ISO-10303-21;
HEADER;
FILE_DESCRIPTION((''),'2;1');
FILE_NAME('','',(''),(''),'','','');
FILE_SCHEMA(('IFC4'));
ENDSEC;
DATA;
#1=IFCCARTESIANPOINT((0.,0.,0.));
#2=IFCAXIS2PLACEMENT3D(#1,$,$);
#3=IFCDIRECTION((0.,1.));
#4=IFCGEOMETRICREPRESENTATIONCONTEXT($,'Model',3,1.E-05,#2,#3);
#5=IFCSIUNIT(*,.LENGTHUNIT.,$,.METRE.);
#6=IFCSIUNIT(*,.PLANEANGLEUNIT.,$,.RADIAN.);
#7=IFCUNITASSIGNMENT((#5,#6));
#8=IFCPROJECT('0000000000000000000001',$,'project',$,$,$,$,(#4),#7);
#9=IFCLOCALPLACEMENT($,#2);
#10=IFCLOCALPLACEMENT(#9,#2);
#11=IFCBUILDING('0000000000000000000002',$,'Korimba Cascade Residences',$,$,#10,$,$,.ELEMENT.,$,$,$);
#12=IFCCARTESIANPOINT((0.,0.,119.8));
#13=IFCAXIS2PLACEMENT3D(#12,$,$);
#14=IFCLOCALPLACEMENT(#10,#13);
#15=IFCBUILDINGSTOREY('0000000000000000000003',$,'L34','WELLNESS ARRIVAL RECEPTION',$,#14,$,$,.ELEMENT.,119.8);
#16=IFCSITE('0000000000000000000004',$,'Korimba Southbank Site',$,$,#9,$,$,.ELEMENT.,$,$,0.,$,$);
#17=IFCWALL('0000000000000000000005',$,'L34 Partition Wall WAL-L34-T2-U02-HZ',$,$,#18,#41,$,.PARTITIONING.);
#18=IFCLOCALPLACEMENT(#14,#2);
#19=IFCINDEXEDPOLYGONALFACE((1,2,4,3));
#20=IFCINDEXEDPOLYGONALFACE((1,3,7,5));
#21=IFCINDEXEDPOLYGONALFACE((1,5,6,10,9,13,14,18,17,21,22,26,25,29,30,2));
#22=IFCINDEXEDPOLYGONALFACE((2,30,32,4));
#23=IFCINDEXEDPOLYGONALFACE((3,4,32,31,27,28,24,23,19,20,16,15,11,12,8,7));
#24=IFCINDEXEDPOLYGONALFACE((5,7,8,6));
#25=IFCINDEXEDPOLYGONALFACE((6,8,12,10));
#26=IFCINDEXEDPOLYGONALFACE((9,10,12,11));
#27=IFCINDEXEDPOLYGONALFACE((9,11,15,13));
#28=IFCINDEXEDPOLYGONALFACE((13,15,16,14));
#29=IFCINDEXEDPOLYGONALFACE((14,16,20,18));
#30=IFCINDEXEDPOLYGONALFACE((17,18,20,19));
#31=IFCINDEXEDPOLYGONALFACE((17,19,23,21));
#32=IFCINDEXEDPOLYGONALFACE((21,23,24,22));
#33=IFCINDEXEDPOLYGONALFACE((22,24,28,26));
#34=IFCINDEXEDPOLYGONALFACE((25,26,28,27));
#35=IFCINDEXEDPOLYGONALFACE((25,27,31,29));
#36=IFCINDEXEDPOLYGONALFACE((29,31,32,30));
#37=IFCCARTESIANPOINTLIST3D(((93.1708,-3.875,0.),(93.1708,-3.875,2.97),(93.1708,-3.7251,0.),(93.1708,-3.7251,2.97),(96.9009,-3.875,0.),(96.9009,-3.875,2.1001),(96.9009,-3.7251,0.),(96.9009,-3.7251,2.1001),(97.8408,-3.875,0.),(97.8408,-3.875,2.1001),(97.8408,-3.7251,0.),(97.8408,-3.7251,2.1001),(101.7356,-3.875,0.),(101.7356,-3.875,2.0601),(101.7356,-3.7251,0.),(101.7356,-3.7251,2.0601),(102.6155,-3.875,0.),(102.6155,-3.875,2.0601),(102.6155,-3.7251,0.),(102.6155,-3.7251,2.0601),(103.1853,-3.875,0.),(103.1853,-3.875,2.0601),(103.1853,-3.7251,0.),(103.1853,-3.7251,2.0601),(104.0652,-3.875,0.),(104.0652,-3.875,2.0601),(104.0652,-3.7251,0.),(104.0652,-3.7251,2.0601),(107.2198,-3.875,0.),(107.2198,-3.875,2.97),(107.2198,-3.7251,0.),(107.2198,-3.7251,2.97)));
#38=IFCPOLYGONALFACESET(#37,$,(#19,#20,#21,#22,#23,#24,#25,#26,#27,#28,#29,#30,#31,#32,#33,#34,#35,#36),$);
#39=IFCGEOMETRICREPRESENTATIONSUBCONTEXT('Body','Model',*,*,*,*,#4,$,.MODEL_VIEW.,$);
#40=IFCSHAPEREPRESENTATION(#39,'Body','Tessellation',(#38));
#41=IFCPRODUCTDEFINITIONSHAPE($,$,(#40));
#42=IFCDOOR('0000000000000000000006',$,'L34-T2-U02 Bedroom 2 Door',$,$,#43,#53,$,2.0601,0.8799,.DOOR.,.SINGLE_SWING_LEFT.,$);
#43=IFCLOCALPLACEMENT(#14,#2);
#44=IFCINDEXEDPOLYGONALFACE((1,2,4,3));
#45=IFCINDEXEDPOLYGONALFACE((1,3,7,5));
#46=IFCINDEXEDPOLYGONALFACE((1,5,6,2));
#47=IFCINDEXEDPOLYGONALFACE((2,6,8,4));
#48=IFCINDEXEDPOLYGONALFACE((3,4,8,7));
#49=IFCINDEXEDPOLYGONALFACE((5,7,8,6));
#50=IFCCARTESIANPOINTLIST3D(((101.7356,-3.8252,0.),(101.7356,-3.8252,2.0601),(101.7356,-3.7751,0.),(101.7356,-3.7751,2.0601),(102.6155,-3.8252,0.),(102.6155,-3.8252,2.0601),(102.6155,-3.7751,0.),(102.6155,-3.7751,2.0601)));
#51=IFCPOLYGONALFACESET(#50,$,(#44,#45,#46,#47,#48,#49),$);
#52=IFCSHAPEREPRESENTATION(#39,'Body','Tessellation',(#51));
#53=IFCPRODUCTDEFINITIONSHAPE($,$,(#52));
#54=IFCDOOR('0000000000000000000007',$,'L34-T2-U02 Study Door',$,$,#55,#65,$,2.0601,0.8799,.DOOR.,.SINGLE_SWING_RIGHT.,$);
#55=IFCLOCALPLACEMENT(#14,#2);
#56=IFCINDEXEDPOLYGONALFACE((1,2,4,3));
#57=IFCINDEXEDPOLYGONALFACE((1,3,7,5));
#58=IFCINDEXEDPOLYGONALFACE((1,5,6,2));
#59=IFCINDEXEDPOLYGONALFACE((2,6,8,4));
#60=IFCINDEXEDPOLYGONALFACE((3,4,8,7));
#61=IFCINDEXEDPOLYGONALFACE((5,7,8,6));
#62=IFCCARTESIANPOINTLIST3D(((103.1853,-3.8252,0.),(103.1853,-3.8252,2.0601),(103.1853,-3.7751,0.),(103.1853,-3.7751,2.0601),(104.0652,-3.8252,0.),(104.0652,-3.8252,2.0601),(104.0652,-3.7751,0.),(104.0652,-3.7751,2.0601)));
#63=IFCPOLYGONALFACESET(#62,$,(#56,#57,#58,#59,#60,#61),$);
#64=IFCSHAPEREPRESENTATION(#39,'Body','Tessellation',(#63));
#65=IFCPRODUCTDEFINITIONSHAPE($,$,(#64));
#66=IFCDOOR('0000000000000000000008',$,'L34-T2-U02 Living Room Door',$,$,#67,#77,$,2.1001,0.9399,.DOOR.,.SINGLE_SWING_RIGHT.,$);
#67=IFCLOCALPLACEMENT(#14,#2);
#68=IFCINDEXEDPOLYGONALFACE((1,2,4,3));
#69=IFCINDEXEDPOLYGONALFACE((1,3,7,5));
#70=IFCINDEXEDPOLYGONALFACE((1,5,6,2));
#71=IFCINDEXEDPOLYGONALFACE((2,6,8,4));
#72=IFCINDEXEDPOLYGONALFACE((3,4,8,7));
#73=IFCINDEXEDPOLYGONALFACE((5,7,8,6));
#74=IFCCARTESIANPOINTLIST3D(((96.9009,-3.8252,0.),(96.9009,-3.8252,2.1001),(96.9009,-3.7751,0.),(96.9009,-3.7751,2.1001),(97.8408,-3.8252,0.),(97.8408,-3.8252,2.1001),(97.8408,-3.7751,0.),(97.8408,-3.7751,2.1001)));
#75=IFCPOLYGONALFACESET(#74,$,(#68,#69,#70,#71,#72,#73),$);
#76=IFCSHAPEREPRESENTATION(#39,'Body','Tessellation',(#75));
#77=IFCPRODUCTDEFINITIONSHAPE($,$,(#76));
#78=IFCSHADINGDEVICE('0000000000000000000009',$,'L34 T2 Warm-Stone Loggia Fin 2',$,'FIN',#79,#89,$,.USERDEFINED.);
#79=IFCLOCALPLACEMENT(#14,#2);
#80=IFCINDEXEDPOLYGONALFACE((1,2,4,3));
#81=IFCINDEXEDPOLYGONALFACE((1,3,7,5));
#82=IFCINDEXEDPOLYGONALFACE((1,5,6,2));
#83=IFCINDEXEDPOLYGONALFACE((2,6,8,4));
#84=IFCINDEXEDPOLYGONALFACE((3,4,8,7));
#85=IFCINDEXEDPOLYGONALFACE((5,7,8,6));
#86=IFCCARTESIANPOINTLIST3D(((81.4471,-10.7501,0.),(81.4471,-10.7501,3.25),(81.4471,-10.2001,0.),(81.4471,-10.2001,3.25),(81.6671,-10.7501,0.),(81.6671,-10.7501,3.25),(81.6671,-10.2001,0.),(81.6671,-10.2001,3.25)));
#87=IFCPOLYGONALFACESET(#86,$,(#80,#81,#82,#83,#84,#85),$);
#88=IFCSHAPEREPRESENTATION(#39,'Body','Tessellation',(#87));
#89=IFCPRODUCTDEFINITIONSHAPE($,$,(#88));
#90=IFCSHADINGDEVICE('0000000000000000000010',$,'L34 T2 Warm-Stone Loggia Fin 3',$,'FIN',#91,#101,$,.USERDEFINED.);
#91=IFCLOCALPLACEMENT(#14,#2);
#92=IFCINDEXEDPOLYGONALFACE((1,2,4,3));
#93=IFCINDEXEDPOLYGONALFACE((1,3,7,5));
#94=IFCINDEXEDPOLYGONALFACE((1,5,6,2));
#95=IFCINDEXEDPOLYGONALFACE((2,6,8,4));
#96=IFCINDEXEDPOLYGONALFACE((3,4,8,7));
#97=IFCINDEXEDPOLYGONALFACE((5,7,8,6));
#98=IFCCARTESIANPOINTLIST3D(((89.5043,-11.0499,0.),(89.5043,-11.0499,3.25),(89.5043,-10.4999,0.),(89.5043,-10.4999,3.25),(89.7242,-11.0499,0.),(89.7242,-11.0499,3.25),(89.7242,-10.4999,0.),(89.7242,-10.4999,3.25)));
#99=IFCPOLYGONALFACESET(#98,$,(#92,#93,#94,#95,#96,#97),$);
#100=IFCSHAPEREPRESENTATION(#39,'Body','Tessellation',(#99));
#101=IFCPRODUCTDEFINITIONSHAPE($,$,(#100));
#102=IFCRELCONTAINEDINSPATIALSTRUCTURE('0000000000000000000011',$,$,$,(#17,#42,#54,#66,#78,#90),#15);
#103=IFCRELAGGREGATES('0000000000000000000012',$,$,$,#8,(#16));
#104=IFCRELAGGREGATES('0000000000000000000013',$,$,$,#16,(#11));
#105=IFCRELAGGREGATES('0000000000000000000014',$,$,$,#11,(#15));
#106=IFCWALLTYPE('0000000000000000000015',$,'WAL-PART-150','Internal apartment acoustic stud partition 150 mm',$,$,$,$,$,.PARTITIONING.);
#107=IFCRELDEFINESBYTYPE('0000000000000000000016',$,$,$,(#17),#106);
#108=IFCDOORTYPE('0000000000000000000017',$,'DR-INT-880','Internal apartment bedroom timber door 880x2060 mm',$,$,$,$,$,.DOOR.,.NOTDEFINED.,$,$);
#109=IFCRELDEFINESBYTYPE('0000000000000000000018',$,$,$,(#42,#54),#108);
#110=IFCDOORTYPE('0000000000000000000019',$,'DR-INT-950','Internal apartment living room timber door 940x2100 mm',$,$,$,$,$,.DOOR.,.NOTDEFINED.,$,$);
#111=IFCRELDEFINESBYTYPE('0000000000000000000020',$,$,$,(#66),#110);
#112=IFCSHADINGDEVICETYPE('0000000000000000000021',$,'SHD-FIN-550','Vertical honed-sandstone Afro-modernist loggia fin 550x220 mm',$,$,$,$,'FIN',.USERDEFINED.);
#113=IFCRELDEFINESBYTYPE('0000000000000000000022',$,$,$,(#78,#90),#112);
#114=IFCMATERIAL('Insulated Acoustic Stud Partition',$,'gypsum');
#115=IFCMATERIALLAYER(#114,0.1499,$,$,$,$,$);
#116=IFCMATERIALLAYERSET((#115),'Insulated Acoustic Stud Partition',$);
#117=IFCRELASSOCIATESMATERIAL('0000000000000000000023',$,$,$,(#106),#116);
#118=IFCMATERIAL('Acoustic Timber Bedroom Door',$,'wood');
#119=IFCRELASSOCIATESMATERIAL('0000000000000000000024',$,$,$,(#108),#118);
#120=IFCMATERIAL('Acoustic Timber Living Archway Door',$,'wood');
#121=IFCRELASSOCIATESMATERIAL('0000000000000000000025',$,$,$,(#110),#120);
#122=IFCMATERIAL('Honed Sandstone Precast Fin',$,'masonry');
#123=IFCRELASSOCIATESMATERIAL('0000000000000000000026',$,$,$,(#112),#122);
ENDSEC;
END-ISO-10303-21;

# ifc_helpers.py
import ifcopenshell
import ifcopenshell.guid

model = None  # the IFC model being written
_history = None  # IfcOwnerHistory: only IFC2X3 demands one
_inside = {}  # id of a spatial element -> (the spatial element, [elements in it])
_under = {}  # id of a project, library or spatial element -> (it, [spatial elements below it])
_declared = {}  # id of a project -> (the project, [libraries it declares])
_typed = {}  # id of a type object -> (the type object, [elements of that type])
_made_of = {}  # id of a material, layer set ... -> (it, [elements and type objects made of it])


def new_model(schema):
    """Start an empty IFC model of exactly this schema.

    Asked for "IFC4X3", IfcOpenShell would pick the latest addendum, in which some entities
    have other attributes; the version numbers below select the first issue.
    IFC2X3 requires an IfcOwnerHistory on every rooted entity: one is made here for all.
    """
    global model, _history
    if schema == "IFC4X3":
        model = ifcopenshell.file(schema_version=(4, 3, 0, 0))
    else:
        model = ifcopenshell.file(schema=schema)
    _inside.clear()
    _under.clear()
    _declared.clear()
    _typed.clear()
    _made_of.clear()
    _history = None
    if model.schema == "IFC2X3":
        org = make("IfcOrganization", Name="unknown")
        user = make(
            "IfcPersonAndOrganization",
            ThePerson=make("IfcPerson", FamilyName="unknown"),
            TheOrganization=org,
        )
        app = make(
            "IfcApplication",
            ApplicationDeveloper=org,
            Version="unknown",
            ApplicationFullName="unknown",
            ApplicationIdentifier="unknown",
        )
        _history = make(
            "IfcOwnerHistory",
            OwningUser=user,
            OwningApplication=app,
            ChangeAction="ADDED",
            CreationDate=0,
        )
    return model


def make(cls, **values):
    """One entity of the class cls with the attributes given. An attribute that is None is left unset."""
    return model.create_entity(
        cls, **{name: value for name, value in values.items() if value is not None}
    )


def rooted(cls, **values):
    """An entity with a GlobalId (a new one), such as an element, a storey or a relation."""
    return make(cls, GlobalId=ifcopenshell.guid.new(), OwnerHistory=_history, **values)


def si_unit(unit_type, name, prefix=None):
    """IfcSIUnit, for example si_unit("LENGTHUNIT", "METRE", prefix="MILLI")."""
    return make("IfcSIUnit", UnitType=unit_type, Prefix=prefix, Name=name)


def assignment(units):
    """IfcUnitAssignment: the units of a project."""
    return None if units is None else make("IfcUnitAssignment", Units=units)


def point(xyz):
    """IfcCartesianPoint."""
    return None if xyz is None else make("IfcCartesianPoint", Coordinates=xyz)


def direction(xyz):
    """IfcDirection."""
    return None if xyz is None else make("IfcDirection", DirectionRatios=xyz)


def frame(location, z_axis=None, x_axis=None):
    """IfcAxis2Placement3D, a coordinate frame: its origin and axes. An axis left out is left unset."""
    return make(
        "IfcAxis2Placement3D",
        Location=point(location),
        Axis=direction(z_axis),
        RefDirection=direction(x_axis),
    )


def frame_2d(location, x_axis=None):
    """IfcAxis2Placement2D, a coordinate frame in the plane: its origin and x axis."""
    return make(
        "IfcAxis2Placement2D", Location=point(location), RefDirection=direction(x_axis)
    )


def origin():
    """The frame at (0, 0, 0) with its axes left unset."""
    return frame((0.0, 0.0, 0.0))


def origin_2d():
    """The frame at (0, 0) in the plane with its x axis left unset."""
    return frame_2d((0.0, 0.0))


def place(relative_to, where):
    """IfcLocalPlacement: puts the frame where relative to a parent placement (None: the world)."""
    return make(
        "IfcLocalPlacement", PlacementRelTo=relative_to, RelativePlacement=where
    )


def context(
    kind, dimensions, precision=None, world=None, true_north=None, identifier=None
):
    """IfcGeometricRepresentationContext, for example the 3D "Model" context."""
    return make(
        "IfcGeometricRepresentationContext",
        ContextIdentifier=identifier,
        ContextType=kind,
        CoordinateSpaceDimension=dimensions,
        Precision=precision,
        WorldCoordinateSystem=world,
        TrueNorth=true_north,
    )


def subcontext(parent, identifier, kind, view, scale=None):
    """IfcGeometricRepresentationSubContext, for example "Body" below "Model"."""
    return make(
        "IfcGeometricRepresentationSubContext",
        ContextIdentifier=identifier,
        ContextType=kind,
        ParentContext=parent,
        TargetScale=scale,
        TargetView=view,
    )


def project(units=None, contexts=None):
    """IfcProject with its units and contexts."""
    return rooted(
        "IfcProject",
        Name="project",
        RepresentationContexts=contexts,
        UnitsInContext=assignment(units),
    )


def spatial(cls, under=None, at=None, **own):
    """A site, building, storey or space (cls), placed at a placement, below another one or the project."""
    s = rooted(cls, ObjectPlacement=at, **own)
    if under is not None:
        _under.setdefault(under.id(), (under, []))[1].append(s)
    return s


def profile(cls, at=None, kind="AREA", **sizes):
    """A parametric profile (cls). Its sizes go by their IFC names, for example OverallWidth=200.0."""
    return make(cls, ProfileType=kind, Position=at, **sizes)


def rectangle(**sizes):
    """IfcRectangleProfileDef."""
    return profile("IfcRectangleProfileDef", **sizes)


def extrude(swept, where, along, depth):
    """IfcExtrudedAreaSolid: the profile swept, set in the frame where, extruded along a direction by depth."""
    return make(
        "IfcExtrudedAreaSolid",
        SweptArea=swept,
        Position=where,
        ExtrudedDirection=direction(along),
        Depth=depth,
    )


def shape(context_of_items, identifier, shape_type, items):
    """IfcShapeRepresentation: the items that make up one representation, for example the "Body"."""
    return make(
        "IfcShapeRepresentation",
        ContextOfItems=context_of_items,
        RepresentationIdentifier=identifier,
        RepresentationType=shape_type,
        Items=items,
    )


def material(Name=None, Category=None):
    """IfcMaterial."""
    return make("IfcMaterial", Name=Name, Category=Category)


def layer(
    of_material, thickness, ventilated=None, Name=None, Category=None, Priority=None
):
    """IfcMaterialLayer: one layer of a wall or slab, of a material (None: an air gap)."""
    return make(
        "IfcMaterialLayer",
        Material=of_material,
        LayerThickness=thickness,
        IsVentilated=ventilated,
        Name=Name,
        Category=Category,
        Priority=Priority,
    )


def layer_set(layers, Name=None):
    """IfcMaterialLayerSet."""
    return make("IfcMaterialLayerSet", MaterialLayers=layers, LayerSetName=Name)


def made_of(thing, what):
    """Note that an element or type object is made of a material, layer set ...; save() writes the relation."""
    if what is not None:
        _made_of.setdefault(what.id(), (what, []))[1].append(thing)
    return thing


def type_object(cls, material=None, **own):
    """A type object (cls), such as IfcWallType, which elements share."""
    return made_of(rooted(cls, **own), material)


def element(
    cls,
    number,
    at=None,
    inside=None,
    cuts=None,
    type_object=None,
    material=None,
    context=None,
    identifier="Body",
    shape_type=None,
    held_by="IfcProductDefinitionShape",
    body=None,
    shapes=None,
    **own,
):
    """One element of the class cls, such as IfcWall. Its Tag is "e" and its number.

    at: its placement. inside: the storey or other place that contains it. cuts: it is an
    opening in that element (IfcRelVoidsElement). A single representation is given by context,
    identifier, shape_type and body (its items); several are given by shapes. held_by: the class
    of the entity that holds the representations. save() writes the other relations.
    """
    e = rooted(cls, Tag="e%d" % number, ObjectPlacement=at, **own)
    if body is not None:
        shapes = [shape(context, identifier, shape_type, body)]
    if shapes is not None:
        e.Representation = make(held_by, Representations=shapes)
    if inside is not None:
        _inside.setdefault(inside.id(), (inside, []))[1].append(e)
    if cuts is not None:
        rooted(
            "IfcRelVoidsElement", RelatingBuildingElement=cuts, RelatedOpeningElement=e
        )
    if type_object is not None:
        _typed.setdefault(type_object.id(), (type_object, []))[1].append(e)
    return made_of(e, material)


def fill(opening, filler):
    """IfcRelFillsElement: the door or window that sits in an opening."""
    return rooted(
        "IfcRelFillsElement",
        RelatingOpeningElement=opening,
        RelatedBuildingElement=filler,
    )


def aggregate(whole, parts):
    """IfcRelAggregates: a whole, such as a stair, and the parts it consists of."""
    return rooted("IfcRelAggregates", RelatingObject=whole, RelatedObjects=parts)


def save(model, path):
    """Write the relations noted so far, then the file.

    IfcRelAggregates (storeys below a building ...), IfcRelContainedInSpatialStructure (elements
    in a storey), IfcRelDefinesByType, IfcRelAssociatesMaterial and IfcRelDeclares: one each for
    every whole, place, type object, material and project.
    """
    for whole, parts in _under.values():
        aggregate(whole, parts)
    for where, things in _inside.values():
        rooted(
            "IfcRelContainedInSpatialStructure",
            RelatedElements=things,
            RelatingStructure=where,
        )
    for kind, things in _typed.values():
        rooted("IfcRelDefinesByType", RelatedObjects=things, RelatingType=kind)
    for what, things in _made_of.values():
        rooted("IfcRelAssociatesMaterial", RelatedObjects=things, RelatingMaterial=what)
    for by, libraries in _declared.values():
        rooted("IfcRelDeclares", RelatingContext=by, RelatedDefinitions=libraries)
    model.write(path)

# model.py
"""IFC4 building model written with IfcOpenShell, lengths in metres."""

from ifc_helpers import new_model, si_unit, direction, frame, frame_2d, origin, origin_2d, place, context, subcontext, project, spatial, rectangle, extrude, material, layer, layer_set, type_object, element, fill, save


model = new_model("IFC4")

# Units and contexts
model_context = context("Model", 3, precision=1e-05, world=origin(), true_north=direction((0.0, 1.0)))
body_context = subcontext(model_context, "Body", "Model", "MODEL_VIEW")
ifc_project = project(units=[si_unit("LENGTHUNIT", "METRE"), si_unit("PLANEANGLEUNIT", "RADIAN")], contexts=[model_context])

# Site, building, storey
site_placement = place(None, origin())
site = spatial("IfcSite", under=ifc_project, at=site_placement, Name="Korimba Southbank Site", CompositionType="ELEMENT", RefElevation=0.0)
building_placement = place(site_placement, origin())
building = spatial("IfcBuilding", under=site, at=building_placement, Name="Korimba Cascade Residences", CompositionType="ELEMENT")
storey_placement = place(building_placement, frame((0.0, 0.0, 119.8)))
storey = spatial("IfcBuildingStorey", under=building, at=storey_placement, Name="L34", Description="WELLNESS ARRIVAL RECEPTION", CompositionType="ELEMENT", Elevation=119.8)

# Shared definitions
ifc_material_1 = material(Name="Insulated Acoustic Stud Partition", Category="gypsum")
ifc_layer_1 = layer(ifc_material_1, 0.1499)
ifc_layer_set_1 = layer_set([ifc_layer_1], Name="Insulated Acoustic Stud Partition")
wall_type_1 = type_object("IfcWallType", Name="WAL-PART-150", Description="Internal apartment acoustic stud partition 150 mm", PredefinedType="PARTITIONING", material=ifc_layer_set_1)

# Wall, openings, doors
ifc_material_2 = material(Name="Acoustic Timber Bedroom Door", Category="wood")
door_type_1 = type_object("IfcDoorType", Name="DR-INT-880", Description="Internal apartment bedroom timber door 880x2060 mm", OperationType="NOTDEFINED", PredefinedType="DOOR", material=ifc_material_2)
wall_1_placement = place(storey_placement, frame((93.1709, -3.8, 0.0), z_axis=(0.0, 0.0, 1.0), x_axis=(1.0, 0.0, 0.0)))
wall_1 = element("IfcWall", 1, at=wall_1_placement, inside=storey, type_object=wall_type_1, Name="L34 Partition Wall WAL-L34-T2-U02-HZ", PredefinedType="PARTITIONING", context=body_context, shape_type="SweptSolid", body=[
    extrude(rectangle(XDim=14.0491, YDim=0.1499, at=frame_2d((7.0244, 0.0))), origin(), (0.0, 0.0, 1.0), 2.97),
])
opening_1_placement = place(wall_1_placement, frame((3.73, 0.0, 0.0)))
opening_1 = element("IfcOpeningElement", 2, at=opening_1_placement, cuts=wall_1, PredefinedType="OPENING", context=body_context, shape_type="SweptSolid", body=[
    extrude(rectangle(XDim=0.9399, YDim=2.1001, at=frame_2d((0.47, 1.05))), frame((0.0, 0.085, 0.0), z_axis=(0.0, -1.0, 0.0), x_axis=(1.0, 0.0, 0.0)), (0.0, 0.0, 1.0), 0.1699),
])
opening_2_placement = place(wall_1_placement, frame((8.5647, 0.0, 0.0)))
opening_2 = element("IfcOpeningElement", 3, at=opening_2_placement, cuts=wall_1, PredefinedType="OPENING", context=body_context, shape_type="SweptSolid", body=[
    extrude(rectangle(XDim=0.8799, YDim=2.0601, at=frame_2d((0.4399, 1.03))), frame((0.0, 0.085, 0.0), z_axis=(0.0, -1.0, 0.0), x_axis=(1.0, 0.0, 0.0)), (0.0, 0.0, 1.0), 0.1699),
])
opening_3_placement = place(wall_1_placement, frame((10.0144, 0.0, 0.0)))
opening_3 = element("IfcOpeningElement", 4, at=opening_3_placement, cuts=wall_1, PredefinedType="OPENING", context=body_context, shape_type="SweptSolid", body=[
    extrude(rectangle(XDim=0.8799, YDim=2.0601, at=frame_2d((0.4399, 1.03))), frame((0.0, 0.085, 0.0), z_axis=(0.0, -1.0, 0.0), x_axis=(1.0, 0.0, 0.0)), (0.0, 0.0, 1.0), 0.1699),
])
door_1_placement = place(opening_2_placement, origin())
door_1 = element("IfcDoor", 5, at=door_1_placement, inside=storey, type_object=door_type_1, Name="L34-T2-U02 Bedroom 2 Door", OperationType="SINGLE_SWING_LEFT", OverallHeight=2.0601, OverallWidth=0.8799, PredefinedType="DOOR", context=body_context, shape_type="SweptSolid", body=[
    extrude(rectangle(XDim=0.8799, YDim=2.0601, at=frame_2d((0.4399, 1.03))), frame((0.0, 0.0249, 0.0), z_axis=(0.0, -1.0, 0.0), x_axis=(1.0, 0.0, 0.0)), (0.0, 0.0, 1.0), 0.05),
])
fill(opening_2, door_1)
door_2_placement = place(opening_3_placement, origin())
door_2 = element("IfcDoor", 6, at=door_2_placement, inside=storey, type_object=door_type_1, Name="L34-T2-U02 Study Door", OperationType="SINGLE_SWING_RIGHT", OverallHeight=2.0601, OverallWidth=0.8799, PredefinedType="DOOR", context=body_context, shape_type="SweptSolid", body=[
    extrude(rectangle(XDim=0.8799, YDim=2.0601, at=frame_2d((0.4399, 1.03))), frame((0.0, 0.0249, 0.0), z_axis=(0.0, -1.0, 0.0), x_axis=(1.0, 0.0, 0.0)), (0.0, 0.0, 1.0), 0.05),
])
fill(opening_3, door_2)
ifc_material_3 = material(Name="Acoustic Timber Living Archway Door", Category="wood")
door_type_2 = type_object("IfcDoorType", Name="DR-INT-950", Description="Internal apartment living room timber door 940x2100 mm", OperationType="NOTDEFINED", PredefinedType="DOOR", material=ifc_material_3)
door_3_placement = place(opening_1_placement, origin())
door_3 = element("IfcDoor", 7, at=door_3_placement, inside=storey, type_object=door_type_2, Name="L34-T2-U02 Living Room Door", OperationType="SINGLE_SWING_RIGHT", OverallHeight=2.1001, OverallWidth=0.9399, PredefinedType="DOOR", context=body_context, shape_type="SweptSolid", body=[
    extrude(rectangle(XDim=0.9399, YDim=2.1001, at=frame_2d((0.47, 1.05))), frame((0.0, 0.0249, 0.0), z_axis=(0.0, -1.0, 0.0), x_axis=(1.0, 0.0, 0.0)), (0.0, 0.0, 1.0), 0.05),
])
fill(opening_1, door_3)

# Shading devices
ifc_material_4 = material(Name="Honed Sandstone Precast Fin", Category="masonry")
shading_device_type = type_object("IfcShadingDeviceType", Name="SHD-FIN-550", Description="Vertical honed-sandstone Afro-modernist loggia fin 550x220 mm", ElementType="FIN", PredefinedType="USERDEFINED", material=ifc_material_4)
for number, where, z_axis, x_axis, name in (
    (8, (81.5571, -10.4751, 0.0), (0.0, 0.0, 1.0), (1.0, 0.0, 0.0), "L34 T2 Warm-Stone Loggia Fin 2"),
    (9, (89.6143, -10.7749, 0.0), (0.0, 0.0, 1.0), (1.0, 0.0, 0.0), "L34 T2 Warm-Stone Loggia Fin 3"),
):
    element("IfcShadingDevice", number, at=place(storey_placement, frame(where, z_axis=z_axis, x_axis=x_axis)), inside=storey, type_object=shading_device_type, Name=name, ObjectType="FIN", PredefinedType="USERDEFINED", context=body_context, shape_type="SweptSolid", body=[
        extrude(rectangle(XDim=0.22, YDim=0.55, at=origin_2d()), origin(), (0.0, 0.0, 1.0), 3.25),
    ])

save(model, "model.ifc")
